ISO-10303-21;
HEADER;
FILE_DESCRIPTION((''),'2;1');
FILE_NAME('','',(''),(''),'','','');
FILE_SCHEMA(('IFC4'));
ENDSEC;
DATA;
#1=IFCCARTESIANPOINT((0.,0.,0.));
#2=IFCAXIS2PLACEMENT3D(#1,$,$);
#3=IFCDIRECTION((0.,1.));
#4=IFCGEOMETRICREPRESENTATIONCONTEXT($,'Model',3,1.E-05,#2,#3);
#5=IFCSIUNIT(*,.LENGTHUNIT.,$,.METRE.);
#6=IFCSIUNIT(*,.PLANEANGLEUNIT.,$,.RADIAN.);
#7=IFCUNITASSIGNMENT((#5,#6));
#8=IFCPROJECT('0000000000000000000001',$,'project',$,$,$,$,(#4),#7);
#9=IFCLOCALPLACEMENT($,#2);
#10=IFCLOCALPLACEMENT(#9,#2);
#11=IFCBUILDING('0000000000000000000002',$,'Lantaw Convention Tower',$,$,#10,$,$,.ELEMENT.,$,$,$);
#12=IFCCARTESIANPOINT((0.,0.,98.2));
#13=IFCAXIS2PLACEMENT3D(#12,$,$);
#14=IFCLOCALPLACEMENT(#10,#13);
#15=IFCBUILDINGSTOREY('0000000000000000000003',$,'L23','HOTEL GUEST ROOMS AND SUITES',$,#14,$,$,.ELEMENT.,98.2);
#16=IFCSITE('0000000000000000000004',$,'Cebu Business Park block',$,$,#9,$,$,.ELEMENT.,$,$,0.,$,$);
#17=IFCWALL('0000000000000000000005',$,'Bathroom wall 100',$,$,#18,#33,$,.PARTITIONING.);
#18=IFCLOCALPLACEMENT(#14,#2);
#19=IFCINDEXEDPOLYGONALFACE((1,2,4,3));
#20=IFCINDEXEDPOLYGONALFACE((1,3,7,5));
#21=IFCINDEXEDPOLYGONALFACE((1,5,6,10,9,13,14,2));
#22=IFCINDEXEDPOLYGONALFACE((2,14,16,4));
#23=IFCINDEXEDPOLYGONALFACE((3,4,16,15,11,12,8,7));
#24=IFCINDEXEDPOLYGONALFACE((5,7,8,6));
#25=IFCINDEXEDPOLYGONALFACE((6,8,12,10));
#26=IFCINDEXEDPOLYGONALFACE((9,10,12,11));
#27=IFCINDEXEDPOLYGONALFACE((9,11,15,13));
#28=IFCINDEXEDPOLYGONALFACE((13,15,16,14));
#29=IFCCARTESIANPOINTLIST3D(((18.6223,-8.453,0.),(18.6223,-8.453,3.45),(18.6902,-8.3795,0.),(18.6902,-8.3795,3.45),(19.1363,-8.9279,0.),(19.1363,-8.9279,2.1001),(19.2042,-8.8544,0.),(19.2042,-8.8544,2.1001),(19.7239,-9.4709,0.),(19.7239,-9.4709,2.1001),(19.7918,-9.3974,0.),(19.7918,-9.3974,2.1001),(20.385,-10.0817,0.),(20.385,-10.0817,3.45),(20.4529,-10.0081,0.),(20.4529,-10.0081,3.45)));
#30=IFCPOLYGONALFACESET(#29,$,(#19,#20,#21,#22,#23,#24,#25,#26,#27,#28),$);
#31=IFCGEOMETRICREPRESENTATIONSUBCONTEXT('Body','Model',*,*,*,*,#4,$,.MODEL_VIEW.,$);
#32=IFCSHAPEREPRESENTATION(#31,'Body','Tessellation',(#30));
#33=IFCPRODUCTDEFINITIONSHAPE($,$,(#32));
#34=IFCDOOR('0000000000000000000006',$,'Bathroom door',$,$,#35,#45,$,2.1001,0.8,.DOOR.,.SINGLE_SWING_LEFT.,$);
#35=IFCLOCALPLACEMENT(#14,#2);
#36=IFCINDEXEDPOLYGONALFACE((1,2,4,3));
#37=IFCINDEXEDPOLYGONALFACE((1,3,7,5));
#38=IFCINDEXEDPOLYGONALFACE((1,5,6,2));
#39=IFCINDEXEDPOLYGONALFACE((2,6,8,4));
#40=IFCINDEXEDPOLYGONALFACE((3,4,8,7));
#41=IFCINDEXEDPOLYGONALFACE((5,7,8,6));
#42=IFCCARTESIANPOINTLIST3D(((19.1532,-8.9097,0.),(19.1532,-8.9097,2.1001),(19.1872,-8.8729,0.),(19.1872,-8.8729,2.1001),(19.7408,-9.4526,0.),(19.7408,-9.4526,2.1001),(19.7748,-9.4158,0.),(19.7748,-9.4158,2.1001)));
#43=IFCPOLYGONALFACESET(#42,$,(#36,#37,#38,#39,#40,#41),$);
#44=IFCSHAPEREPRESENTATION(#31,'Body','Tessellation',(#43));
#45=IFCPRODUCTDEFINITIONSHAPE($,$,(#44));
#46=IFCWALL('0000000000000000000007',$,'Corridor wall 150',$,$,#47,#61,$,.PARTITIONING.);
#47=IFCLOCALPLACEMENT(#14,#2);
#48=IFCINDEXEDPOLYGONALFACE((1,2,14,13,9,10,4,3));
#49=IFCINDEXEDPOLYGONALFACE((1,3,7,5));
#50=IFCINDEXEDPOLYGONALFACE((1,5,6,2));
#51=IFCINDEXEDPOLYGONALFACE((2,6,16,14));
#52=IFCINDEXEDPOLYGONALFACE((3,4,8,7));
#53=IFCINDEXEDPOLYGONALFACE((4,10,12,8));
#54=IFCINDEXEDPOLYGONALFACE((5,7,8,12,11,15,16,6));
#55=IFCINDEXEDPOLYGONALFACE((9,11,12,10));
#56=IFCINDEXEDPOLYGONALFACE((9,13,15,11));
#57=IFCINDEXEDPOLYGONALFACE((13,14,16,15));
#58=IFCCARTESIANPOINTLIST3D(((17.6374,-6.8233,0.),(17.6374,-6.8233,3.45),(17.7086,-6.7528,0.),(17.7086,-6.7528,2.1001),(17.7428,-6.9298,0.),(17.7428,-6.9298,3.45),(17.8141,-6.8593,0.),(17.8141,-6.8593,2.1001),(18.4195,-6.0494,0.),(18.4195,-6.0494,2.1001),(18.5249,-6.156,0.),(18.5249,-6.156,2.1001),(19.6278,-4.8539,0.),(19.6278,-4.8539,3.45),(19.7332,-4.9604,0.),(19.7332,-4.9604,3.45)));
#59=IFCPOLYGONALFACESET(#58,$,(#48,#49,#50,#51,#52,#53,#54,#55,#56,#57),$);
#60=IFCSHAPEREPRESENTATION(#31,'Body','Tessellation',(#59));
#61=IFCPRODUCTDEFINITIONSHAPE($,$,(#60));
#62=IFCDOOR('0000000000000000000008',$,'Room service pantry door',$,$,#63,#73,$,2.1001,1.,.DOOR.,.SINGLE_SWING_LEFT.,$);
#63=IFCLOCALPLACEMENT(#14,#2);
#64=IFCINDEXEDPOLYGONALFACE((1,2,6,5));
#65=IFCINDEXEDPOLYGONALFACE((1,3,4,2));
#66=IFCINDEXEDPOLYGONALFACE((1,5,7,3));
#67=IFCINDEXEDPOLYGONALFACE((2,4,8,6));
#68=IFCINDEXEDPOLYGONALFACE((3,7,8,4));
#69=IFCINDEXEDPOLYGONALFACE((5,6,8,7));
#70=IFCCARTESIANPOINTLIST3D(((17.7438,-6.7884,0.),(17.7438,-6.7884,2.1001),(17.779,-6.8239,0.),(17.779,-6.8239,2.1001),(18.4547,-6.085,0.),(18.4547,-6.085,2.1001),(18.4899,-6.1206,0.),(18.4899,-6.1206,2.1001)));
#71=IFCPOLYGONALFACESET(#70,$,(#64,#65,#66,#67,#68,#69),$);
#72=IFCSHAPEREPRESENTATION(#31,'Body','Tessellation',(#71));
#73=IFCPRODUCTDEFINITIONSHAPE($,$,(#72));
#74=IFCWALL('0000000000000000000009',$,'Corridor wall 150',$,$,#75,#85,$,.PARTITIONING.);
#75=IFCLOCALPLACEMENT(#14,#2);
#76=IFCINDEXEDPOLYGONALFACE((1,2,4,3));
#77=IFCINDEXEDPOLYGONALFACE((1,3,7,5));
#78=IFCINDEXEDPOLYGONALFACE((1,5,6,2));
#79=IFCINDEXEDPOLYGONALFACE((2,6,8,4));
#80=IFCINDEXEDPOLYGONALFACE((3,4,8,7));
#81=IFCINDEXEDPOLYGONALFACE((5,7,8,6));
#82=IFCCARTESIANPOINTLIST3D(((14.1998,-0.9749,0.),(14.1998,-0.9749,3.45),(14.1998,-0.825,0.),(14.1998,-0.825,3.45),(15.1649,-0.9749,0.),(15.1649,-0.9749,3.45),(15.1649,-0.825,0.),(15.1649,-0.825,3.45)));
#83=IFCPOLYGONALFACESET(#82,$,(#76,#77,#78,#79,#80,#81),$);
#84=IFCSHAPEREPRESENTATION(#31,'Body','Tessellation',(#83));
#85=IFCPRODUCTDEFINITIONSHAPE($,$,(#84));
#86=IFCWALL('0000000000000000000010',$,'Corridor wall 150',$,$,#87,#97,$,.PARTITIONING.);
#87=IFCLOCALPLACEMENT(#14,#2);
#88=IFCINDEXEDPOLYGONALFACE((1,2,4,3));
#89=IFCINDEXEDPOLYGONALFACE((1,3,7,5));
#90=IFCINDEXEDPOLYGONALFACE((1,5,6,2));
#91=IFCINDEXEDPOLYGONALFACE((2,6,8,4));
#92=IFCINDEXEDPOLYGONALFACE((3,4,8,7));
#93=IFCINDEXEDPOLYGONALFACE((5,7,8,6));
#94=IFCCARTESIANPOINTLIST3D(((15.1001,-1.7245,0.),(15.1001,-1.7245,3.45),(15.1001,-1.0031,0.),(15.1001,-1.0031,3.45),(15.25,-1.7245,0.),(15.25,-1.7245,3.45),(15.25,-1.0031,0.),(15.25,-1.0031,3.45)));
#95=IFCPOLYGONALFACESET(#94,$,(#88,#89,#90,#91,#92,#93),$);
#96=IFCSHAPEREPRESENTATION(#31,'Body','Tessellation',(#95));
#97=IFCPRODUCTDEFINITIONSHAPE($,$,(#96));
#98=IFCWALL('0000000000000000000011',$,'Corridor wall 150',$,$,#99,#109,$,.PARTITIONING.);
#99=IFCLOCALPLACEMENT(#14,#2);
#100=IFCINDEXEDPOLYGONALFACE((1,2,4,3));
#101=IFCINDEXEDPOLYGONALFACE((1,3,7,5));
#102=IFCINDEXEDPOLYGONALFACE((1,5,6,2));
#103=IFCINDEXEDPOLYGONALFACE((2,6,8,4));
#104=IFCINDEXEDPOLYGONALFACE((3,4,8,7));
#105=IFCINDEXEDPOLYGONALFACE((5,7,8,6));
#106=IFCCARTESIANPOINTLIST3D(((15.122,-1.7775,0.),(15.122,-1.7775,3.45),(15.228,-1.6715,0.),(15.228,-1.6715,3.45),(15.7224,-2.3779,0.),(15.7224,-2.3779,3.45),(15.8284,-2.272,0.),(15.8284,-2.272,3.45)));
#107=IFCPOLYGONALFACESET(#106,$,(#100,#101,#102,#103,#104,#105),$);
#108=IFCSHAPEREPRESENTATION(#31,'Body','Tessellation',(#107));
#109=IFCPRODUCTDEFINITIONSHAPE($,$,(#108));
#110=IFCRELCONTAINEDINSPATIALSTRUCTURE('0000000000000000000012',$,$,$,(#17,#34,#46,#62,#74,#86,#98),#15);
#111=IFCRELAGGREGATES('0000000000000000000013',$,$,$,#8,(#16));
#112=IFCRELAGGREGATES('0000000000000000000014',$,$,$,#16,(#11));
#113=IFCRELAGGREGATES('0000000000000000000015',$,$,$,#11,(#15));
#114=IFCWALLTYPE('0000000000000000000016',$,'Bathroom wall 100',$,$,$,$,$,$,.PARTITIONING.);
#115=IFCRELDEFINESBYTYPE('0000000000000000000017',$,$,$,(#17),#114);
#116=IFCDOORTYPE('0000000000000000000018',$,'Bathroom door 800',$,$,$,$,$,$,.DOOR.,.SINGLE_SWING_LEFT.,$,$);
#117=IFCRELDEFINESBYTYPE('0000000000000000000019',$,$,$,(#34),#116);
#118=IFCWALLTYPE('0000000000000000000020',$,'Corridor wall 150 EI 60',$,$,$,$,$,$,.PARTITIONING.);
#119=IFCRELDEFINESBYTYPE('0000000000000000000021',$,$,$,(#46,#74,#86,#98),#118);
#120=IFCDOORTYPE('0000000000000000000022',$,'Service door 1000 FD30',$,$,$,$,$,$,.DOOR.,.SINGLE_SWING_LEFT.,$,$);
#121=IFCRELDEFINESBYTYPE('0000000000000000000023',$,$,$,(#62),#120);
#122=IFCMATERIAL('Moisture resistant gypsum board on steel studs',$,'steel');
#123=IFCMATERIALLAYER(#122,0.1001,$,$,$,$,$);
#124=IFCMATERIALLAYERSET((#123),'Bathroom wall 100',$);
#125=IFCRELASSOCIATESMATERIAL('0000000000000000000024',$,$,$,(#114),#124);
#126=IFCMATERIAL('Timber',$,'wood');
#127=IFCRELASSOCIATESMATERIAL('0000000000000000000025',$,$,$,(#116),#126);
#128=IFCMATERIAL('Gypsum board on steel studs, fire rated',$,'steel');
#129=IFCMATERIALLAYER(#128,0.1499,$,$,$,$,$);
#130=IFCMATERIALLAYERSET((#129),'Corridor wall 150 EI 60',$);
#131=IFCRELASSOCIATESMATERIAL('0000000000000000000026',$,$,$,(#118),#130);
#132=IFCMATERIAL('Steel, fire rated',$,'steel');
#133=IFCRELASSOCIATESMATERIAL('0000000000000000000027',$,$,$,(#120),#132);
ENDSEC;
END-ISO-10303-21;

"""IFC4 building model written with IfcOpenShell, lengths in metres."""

from ifc_helpers import new_model, si_unit, direction, frame, frame_2d, origin, place, context, subcontext, project, spatial, rectangle, extrude, material, layer, layer_set, type_object, element, fill, save


model = new_model("IFC4")

# Units and contexts
model_context = context("Model", 3, precision=1e-05, world=origin(), true_north=direction((0.0, 1.0)))
body_context = subcontext(model_context, "Body", "Model", "MODEL_VIEW")
ifc_project = project(units=[si_unit("LENGTHUNIT", "METRE"), si_unit("PLANEANGLEUNIT", "RADIAN")], contexts=[model_context])

# Site, building, storey
site_placement = place(None, origin())
site = spatial("IfcSite", under=ifc_project, at=site_placement, Name="Cebu Business Park block", CompositionType="ELEMENT", RefElevation=0.0)
building_placement = place(site_placement, origin())
building = spatial("IfcBuilding", under=site, at=building_placement, Name="Lantaw Convention Tower", CompositionType="ELEMENT")
storey_placement = place(building_placement, frame((0.0, 0.0, 98.2)))
storey = spatial("IfcBuildingStorey", under=building, at=storey_placement, Name="L23", Description="HOTEL GUEST ROOMS AND SUITES", CompositionType="ELEMENT", Elevation=98.2)

# Walls, openings, doors
ifc_material_1 = material(Name="Moisture resistant gypsum board on steel studs", Category="steel")
ifc_layer_1 = layer(ifc_material_1, 0.1001)
ifc_layer_set_1 = layer_set([ifc_layer_1], Name="Bathroom wall 100")
wall_type_1 = type_object("IfcWallType", Name="Bathroom wall 100", PredefinedType="PARTITIONING", material=ifc_layer_set_1)
wall_1_placement = place(storey_placement, frame((18.6562, -8.4163, 0.0), z_axis=(0.0, 0.0, 1.0), x_axis=(0.73448, -0.678631, 0.0)))
wall_1 = element("IfcWall", 1, at=wall_1_placement, inside=storey, type_object=wall_type_1, Name="Bathroom wall 100", PredefinedType="PARTITIONING", context=body_context, shape_type="SweptSolid", body=[
    extrude(rectangle(XDim=2.3999, YDim=0.1001, at=frame_2d((1.2, 0.0))), origin(), (0.0, 0.0, 1.0), 3.45),
])
opening_1_placement = place(wall_1_placement, frame((0.7, 0.0, 0.0)))
opening_1 = element("IfcOpeningElement", 2, at=opening_1_placement, cuts=wall_1, PredefinedType="OPENING", context=body_context, shape_type="SweptSolid", body=[
    extrude(rectangle(XDim=0.8, YDim=2.1001, at=frame_2d((0.3999, 1.05))), frame((0.0, 0.0601, 0.0), z_axis=(0.0, -1.0, 0.0), x_axis=(1.0, 0.0, 0.0)), (0.0, 0.0, 1.0), 0.1201),
])
ifc_material_2 = material(Name="Timber", Category="wood")
door_type_1 = type_object("IfcDoorType", Name="Bathroom door 800", OperationType="SINGLE_SWING_LEFT", PredefinedType="DOOR", material=ifc_material_2)
door_1_placement = place(opening_1_placement, origin())
door_1 = element("IfcDoor", 3, at=door_1_placement, inside=storey, type_object=door_type_1, Name="Bathroom door", OperationType="SINGLE_SWING_LEFT", OverallHeight=2.1001, OverallWidth=0.8, PredefinedType="DOOR", context=body_context, shape_type="SweptSolid", body=[
    extrude(rectangle(XDim=0.8, YDim=2.1001, at=frame_2d((0.3999, 1.05))), frame((0.0, 0.0249, 0.0), z_axis=(0.0, -1.0, 0.0), x_axis=(1.0, 0.0, 0.0)), (0.0, 0.0, 1.0), 0.05),
])
fill(opening_1, door_1)
ifc_material_3 = material(Name="Gypsum board on steel studs, fire rated", Category="steel")
ifc_layer_2 = layer(ifc_material_3, 0.1499)
ifc_layer_set_2 = layer_set([ifc_layer_2], Name="Corridor wall 150 EI 60")
wall_type_2 = type_object("IfcWallType", Name="Corridor wall 150 EI 60", PredefinedType="PARTITIONING", material=ifc_layer_set_2)
wall_2_placement = place(storey_placement, frame((17.6902, -6.8765, 0.0), z_axis=(0.0, 0.0, 1.0), x_axis=(0.710846, 0.703348, 0.0)))
wall_2 = element("IfcWall", 4, at=wall_2_placement, inside=storey, type_object=wall_type_2, Name="Corridor wall 150", PredefinedType="PARTITIONING", context=body_context, shape_type="SweptSolid", body=[
    extrude(rectangle(XDim=2.8, YDim=0.1499, at=frame_2d((1.3999, 0.0))), origin(), (0.0, 0.0, 1.0), 3.45),
])
opening_2_placement = place(wall_2_placement, frame((0.1001, 0.0, 0.0)))
opening_2 = element("IfcOpeningElement", 5, at=opening_2_placement, cuts=wall_2, PredefinedType="OPENING", context=body_context, shape_type="SweptSolid", body=[
    extrude(rectangle(XDim=1.0, YDim=2.1001, at=frame_2d((0.5, 1.05))), frame((0.0, 0.085, 0.0), z_axis=(0.0, -1.0, 0.0), x_axis=(1.0, 0.0, 0.0)), (0.0, 0.0, 1.0), 0.1699),
])
ifc_material_4 = material(Name="Steel, fire rated", Category="steel")
door_type_2 = type_object("IfcDoorType", Name="Service door 1000 FD30", OperationType="SINGLE_SWING_LEFT", PredefinedType="DOOR", material=ifc_material_4)
door_2_placement = place(opening_2_placement, origin())
door_2 = element("IfcDoor", 6, at=door_2_placement, inside=storey, type_object=door_type_2, Name="Room service pantry door", OperationType="SINGLE_SWING_LEFT", OverallHeight=2.1001, OverallWidth=1.0, PredefinedType="DOOR", context=body_context, shape_type="SweptSolid", body=[
    extrude(rectangle(XDim=1.0, YDim=2.1001, at=frame_2d((0.5, 1.05))), frame((0.0, 0.0249, 0.0), z_axis=(0.0, -1.0, 0.0), x_axis=(1.0, 0.0, 0.0)), (0.0, 0.0, 1.0), 0.05),
])
fill(opening_2, door_2)

# Walls
wall_3_placement = place(storey_placement, frame((14.2, -0.8999, 0.0), z_axis=(0.0, 0.0, 1.0), x_axis=(1.0, 0.0, 0.0)))
element("IfcWall", 7, at=wall_3_placement, inside=storey, type_object=wall_type_2, Name="Corridor wall 150", PredefinedType="PARTITIONING", context=body_context, shape_type="SweptSolid", body=[
    extrude(rectangle(XDim=0.9651, YDim=0.1499, at=frame_2d((0.4824, 0.0))), origin(), (0.0, 0.0, 1.0), 3.45),
])
wall_4_placement = place(storey_placement, frame((15.175, -1.7246, 0.0), z_axis=(0.0, 0.0, 1.0), x_axis=(0.0, 1.0, 0.0)))
element("IfcWall", 8, at=wall_4_placement, inside=storey, type_object=wall_type_2, Name="Corridor wall 150", PredefinedType="PARTITIONING", context=body_context, shape_type="SweptSolid", body=[
    extrude(rectangle(XDim=0.7214, YDim=0.1499, at=frame_2d((0.3608, 0.0))), origin(), (0.0, 0.0, 1.0), 3.45),
])
wall_5_placement = place(storey_placement, frame((15.7754, -2.325, 0.0), z_axis=(0.0, 0.0, 1.0), x_axis=(-0.707107, 0.707107, 0.0)))
element("IfcWall", 9, at=wall_5_placement, inside=storey, type_object=wall_type_2, Name="Corridor wall 150", PredefinedType="PARTITIONING", context=body_context, shape_type="SweptSolid", body=[
    extrude(rectangle(XDim=0.8491, YDim=0.1499, at=frame_2d((0.4246, 0.0))), origin(), (0.0, 0.0, 1.0), 3.45),
])

save(model, "model.ifc")
